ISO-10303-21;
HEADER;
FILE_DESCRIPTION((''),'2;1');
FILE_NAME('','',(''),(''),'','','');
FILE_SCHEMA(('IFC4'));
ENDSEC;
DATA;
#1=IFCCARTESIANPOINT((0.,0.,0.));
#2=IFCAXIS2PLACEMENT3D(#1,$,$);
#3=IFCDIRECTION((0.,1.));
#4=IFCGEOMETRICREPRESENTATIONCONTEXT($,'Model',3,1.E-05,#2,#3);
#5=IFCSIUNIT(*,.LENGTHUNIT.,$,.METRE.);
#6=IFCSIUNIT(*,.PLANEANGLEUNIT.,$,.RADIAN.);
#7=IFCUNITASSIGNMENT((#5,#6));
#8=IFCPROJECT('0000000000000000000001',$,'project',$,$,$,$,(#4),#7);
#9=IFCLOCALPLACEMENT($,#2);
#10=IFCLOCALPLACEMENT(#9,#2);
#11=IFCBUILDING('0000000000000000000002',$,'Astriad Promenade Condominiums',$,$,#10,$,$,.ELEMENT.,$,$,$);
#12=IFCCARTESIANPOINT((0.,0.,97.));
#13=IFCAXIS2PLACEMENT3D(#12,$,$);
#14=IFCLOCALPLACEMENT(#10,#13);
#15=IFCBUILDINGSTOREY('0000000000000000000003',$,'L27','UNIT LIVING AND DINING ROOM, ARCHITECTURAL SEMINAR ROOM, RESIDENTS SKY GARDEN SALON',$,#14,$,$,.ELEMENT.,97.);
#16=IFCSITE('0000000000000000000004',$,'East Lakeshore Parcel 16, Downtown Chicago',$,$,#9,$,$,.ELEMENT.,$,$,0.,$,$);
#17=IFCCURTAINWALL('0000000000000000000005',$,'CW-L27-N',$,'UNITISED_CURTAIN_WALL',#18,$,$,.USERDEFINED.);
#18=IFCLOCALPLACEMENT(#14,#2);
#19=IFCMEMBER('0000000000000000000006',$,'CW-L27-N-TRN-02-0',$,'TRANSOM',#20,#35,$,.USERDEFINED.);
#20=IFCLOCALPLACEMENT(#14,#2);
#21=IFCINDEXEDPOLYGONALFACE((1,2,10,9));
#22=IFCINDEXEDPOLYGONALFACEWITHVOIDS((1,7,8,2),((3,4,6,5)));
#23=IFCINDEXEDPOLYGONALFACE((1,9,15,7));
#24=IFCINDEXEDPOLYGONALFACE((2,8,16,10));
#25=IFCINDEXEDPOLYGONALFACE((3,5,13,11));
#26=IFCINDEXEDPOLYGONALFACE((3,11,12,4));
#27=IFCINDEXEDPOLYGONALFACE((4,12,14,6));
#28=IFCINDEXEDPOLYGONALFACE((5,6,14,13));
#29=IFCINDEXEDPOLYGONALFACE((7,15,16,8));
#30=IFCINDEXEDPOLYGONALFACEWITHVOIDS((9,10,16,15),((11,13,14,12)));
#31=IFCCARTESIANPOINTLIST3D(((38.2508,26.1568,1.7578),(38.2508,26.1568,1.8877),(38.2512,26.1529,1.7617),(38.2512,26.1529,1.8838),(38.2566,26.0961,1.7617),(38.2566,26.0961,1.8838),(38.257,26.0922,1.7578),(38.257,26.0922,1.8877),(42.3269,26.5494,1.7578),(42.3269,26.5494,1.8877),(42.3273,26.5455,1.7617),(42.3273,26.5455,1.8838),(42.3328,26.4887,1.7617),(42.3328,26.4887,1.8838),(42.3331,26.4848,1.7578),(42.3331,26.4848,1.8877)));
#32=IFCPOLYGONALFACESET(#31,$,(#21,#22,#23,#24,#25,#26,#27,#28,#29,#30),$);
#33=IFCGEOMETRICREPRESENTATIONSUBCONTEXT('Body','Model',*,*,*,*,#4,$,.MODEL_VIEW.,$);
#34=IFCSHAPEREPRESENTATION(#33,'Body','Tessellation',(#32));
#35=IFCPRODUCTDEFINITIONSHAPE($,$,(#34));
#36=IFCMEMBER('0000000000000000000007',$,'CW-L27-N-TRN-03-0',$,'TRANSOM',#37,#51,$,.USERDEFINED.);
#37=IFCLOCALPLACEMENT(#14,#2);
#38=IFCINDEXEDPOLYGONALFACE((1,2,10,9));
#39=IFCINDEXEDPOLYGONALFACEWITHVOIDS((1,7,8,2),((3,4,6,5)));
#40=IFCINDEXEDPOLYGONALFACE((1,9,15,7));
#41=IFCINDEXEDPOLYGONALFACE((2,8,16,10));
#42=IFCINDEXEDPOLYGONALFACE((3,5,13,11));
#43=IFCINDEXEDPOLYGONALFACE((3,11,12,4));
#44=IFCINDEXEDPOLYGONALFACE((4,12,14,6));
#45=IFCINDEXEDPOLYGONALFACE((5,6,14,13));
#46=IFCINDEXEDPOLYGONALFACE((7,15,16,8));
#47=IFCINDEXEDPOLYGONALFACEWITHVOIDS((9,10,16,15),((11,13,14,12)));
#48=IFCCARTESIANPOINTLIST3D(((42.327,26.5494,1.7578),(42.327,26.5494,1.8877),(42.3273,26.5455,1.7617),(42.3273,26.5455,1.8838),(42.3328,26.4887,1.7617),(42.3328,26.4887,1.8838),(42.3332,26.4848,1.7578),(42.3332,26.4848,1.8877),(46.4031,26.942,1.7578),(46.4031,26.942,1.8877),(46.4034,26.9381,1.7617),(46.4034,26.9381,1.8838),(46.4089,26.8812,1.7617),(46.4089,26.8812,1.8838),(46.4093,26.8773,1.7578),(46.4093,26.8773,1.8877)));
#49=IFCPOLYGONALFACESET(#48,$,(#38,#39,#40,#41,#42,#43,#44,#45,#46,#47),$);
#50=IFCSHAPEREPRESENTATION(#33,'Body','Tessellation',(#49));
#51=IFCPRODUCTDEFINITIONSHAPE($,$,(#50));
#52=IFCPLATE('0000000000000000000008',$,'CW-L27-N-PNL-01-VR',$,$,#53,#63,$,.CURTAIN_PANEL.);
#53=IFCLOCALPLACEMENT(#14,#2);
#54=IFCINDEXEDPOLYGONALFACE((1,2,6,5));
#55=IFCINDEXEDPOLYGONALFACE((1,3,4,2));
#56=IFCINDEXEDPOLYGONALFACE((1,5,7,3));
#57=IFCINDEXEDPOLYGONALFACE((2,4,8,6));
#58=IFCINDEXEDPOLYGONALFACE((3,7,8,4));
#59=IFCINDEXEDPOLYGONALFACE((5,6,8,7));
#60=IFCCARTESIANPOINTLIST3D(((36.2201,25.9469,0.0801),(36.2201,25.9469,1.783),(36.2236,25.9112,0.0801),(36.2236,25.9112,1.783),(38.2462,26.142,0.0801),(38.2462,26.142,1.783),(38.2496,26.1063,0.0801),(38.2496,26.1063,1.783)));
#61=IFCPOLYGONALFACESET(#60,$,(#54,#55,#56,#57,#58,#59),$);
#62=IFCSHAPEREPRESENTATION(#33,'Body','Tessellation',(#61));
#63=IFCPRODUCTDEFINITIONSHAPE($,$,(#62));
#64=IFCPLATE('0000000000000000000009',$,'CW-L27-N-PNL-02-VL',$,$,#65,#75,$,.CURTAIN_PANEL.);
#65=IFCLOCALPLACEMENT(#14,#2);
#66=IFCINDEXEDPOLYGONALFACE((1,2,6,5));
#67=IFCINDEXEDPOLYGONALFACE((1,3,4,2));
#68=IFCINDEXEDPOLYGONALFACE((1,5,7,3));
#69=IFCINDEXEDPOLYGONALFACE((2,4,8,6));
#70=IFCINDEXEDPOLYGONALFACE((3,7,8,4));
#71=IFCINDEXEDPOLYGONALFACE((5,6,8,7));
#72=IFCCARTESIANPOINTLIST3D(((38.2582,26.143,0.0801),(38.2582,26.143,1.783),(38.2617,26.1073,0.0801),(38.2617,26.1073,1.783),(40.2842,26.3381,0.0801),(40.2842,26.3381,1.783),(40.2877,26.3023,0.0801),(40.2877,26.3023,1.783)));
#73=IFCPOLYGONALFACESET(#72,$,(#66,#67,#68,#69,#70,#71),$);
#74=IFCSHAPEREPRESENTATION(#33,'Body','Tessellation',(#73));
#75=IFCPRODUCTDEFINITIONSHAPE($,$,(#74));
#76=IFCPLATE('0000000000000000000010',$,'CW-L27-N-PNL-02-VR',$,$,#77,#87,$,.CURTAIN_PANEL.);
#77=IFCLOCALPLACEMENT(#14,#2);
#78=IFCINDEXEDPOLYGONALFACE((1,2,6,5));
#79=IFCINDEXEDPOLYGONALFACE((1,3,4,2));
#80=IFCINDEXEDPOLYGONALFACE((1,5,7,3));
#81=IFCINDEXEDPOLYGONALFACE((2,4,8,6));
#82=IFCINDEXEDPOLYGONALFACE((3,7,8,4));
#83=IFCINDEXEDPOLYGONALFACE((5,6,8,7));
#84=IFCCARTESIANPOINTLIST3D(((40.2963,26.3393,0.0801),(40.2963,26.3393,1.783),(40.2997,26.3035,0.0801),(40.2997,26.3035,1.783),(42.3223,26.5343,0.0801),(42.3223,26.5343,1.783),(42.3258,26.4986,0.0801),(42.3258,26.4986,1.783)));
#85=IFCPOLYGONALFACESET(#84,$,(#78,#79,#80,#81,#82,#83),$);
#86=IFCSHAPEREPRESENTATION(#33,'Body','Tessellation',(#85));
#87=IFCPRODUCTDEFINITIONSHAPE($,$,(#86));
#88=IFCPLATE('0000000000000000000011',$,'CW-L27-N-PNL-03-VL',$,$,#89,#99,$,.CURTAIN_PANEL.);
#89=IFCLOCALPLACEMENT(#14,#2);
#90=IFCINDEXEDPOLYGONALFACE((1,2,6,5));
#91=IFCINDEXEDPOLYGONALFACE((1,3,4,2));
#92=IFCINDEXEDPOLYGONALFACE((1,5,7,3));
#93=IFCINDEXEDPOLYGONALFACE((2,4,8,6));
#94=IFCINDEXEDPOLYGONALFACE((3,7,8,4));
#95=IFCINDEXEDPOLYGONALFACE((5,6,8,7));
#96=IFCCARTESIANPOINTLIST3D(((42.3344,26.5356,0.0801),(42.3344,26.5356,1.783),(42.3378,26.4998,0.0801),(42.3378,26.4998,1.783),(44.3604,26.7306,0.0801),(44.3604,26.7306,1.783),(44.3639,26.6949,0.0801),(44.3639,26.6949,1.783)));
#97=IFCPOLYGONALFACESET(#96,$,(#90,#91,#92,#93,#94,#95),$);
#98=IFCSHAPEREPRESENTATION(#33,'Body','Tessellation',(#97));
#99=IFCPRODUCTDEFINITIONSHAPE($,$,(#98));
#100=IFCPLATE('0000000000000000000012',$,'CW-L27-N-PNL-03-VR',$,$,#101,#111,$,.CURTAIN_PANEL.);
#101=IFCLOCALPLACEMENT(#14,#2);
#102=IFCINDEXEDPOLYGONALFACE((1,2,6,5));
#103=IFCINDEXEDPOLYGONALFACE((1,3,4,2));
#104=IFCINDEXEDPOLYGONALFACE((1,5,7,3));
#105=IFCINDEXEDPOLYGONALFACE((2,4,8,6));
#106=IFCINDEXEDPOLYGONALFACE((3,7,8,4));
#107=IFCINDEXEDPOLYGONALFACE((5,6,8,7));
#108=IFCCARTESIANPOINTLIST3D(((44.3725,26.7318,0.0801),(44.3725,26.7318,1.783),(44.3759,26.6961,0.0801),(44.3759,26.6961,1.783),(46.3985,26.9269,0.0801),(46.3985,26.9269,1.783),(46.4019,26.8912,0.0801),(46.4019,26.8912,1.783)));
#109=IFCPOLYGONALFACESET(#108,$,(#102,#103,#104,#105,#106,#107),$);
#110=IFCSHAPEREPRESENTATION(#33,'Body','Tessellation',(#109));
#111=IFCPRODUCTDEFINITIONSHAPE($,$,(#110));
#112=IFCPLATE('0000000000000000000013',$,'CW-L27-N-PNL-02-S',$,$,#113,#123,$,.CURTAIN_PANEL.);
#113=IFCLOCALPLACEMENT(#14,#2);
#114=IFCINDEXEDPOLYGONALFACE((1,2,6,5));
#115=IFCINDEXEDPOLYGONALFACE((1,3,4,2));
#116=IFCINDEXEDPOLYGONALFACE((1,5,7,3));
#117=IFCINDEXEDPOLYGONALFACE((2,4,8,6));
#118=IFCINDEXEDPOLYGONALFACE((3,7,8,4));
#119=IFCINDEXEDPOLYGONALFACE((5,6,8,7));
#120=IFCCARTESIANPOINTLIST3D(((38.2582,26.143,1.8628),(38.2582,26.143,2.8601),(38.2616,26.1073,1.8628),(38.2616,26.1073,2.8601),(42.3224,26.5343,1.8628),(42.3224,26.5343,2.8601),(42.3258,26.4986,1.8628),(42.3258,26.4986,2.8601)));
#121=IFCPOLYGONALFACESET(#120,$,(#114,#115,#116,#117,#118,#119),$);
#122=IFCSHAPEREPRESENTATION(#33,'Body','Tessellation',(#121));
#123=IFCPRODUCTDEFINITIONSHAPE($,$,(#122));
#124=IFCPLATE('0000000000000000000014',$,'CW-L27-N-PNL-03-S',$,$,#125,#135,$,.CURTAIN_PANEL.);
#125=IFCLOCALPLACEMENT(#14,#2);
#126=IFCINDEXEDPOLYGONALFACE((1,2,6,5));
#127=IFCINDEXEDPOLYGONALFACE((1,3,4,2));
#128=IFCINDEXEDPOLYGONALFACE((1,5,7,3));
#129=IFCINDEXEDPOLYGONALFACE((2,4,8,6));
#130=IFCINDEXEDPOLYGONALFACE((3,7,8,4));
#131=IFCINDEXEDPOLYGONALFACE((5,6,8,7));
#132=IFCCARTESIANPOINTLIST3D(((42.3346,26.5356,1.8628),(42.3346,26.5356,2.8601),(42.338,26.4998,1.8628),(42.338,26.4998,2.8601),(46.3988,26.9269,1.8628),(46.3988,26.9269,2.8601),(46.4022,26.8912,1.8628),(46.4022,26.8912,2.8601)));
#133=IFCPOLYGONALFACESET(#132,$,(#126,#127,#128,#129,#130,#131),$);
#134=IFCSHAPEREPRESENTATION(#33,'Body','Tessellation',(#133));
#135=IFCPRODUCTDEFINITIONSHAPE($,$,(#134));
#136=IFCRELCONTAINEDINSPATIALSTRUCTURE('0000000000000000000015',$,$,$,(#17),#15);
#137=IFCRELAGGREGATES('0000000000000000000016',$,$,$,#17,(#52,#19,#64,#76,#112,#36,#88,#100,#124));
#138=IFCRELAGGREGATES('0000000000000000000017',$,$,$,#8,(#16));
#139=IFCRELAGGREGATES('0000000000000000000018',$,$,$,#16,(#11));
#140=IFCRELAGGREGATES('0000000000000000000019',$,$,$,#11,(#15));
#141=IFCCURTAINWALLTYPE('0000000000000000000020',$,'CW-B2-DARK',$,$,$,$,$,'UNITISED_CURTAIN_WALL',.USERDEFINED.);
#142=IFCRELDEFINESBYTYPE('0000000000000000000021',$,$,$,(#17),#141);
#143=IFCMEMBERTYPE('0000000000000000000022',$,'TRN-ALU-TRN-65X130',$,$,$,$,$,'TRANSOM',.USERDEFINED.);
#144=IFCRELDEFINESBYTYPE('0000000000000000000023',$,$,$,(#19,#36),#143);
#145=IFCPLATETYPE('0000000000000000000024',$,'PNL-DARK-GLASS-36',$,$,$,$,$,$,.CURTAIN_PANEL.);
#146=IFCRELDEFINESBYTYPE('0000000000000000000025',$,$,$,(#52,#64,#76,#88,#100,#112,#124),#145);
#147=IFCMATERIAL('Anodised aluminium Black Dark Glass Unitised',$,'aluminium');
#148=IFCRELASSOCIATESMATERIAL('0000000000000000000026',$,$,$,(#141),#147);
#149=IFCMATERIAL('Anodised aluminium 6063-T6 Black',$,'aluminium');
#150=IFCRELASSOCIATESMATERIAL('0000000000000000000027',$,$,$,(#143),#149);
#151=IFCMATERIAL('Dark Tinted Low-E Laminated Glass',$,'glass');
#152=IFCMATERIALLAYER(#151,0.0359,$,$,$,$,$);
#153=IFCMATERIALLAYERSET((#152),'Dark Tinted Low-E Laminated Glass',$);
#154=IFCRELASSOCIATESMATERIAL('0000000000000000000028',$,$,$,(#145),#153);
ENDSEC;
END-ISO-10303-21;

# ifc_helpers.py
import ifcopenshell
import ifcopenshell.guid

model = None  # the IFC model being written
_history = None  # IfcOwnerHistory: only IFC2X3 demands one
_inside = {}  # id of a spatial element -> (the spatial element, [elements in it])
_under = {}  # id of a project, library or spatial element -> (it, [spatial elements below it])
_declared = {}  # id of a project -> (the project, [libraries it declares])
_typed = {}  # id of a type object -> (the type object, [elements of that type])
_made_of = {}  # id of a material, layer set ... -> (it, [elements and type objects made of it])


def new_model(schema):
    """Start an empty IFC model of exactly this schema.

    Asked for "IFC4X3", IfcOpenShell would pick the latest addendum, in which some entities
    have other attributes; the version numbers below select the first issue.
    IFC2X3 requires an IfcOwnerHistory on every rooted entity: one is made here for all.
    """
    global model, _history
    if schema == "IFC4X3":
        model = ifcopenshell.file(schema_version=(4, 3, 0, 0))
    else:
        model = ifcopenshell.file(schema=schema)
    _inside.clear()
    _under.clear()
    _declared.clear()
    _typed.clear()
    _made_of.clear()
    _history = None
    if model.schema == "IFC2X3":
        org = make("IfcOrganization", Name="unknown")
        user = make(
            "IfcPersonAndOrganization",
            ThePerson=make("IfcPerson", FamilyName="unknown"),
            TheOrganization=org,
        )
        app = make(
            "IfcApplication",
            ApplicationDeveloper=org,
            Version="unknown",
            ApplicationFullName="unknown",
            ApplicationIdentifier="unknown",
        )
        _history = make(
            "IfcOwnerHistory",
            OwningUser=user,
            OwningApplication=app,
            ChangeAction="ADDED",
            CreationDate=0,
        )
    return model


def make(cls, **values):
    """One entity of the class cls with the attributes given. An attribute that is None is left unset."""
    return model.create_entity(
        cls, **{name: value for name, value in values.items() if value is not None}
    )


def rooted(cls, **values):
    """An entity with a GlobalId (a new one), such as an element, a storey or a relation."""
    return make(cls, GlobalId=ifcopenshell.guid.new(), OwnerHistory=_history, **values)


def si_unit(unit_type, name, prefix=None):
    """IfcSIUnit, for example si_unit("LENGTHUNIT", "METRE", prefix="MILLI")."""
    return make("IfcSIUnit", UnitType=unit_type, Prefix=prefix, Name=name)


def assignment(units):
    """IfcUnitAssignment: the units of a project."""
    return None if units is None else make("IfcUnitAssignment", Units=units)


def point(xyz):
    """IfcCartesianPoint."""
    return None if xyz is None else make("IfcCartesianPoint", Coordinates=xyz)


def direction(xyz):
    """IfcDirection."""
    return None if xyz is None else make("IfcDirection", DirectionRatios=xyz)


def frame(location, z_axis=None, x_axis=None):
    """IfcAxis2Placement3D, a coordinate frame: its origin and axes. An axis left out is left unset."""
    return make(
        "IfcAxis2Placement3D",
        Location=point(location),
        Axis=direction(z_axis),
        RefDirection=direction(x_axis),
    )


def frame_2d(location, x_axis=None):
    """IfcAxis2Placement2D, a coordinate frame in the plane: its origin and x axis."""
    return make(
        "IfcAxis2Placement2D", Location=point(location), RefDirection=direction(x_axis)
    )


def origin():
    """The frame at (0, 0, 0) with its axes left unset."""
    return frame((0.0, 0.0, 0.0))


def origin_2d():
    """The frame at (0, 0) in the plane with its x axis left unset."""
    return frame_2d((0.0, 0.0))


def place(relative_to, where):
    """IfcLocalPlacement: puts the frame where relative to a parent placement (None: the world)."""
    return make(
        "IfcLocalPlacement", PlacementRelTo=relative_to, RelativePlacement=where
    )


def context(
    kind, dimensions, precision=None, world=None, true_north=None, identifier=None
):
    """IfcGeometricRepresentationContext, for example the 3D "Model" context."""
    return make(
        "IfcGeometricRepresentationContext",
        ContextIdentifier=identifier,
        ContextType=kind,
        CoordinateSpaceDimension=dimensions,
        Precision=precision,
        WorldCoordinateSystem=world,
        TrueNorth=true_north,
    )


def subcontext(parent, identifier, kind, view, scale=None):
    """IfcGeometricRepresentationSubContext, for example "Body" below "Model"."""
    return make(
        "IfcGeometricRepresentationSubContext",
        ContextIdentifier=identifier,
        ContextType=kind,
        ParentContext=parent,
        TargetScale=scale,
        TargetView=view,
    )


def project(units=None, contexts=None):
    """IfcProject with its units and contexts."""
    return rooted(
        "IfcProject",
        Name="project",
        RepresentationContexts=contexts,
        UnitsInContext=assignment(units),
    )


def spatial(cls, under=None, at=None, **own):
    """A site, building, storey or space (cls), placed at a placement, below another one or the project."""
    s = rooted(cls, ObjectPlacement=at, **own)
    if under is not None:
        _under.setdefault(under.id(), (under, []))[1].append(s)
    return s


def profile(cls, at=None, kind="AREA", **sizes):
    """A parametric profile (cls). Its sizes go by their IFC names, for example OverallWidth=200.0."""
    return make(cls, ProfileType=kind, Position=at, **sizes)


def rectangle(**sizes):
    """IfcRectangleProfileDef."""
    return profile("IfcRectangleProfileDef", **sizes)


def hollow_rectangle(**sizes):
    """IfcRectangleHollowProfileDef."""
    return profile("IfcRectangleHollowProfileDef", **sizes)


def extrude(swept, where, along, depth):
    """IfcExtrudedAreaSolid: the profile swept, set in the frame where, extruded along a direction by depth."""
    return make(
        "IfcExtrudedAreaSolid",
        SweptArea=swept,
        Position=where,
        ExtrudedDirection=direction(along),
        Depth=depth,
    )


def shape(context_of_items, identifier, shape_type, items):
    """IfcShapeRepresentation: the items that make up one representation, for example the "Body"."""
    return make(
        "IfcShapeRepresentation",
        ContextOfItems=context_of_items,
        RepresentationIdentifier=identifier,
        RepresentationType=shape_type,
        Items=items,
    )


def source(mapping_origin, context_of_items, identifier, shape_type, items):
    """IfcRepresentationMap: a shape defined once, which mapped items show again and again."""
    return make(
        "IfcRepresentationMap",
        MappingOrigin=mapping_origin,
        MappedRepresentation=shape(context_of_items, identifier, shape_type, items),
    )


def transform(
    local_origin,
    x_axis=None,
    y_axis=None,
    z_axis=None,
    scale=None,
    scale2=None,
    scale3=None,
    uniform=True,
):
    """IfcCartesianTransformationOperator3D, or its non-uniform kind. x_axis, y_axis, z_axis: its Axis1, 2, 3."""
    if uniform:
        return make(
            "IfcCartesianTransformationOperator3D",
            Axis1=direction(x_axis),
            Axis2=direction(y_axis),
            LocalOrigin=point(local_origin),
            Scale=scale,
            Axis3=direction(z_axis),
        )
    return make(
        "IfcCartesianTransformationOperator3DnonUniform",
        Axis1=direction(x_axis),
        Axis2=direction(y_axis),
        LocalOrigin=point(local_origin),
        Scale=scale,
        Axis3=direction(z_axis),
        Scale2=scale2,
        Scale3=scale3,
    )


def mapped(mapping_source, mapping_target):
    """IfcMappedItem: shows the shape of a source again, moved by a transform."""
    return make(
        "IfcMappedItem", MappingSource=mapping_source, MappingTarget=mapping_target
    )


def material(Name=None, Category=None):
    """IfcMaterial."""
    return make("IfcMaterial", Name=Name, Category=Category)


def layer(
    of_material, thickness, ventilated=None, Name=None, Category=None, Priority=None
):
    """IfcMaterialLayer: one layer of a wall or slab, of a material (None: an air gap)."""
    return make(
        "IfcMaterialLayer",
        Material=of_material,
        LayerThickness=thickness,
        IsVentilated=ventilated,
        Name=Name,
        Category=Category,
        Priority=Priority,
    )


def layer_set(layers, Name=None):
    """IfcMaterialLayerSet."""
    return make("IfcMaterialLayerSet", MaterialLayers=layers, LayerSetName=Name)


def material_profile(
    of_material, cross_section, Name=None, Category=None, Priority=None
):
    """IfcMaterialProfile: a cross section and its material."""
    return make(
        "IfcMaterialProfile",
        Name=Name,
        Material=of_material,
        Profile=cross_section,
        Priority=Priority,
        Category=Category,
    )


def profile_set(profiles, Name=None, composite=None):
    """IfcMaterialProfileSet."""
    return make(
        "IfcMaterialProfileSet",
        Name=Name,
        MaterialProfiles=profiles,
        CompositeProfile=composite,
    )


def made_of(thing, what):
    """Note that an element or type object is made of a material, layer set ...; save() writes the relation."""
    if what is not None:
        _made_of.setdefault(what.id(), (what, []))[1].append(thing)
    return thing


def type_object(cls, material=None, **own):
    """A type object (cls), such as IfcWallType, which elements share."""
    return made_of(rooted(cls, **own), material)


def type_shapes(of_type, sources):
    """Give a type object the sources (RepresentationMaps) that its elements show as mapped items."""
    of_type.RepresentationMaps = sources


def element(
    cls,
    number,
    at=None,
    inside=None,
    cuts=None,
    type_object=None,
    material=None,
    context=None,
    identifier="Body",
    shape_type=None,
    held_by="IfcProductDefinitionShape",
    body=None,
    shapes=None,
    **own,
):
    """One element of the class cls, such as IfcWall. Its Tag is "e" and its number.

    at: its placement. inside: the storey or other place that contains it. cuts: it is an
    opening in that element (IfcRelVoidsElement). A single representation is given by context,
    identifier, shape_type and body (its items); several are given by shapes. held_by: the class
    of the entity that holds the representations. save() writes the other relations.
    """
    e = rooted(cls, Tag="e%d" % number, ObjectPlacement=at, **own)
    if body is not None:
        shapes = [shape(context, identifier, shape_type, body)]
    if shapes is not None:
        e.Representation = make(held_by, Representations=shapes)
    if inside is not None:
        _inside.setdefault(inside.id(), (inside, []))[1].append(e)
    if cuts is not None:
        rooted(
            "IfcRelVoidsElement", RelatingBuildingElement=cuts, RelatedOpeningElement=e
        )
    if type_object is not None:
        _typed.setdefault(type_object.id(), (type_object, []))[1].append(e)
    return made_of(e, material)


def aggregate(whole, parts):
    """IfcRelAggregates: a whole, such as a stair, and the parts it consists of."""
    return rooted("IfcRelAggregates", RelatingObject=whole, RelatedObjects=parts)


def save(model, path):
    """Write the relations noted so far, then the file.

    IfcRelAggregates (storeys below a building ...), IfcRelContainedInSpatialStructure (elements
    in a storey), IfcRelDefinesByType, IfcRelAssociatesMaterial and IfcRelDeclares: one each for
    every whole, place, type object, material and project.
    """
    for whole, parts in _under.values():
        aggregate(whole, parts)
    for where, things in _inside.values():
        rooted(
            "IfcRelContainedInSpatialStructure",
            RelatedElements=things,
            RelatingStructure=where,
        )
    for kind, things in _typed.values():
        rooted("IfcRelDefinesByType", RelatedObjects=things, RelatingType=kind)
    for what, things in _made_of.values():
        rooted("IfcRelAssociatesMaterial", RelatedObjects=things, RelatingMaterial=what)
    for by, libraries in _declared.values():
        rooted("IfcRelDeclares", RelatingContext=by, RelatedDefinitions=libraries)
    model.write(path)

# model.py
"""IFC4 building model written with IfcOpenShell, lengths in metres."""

from ifc_helpers import new_model, si_unit, direction, frame, origin, origin_2d, place, context, subcontext, project, spatial, rectangle, hollow_rectangle, extrude, source, transform, mapped, material, layer, layer_set, material_profile, profile_set, type_object, type_shapes, element, aggregate, save


model = new_model("IFC4")

# Units and contexts
model_context = context("Model", 3, precision=1e-05, world=origin(), true_north=direction((0.0, 1.0)))
body_context = subcontext(model_context, "Body", "Model", "MODEL_VIEW")
ifc_project = project(units=[si_unit("LENGTHUNIT", "METRE"), si_unit("PLANEANGLEUNIT", "RADIAN")], contexts=[model_context])

# Site, building, storey
site_placement = place(None, origin())
site = spatial("IfcSite", under=ifc_project, at=site_placement, Name="East Lakeshore Parcel 16, Downtown Chicago", CompositionType="ELEMENT", RefElevation=0.0)
building_placement = place(site_placement, origin())
building = spatial("IfcBuilding", under=site, at=building_placement, Name="Astriad Promenade Condominiums", CompositionType="ELEMENT")
storey_placement = place(building_placement, frame((0.0, 0.0, 97.0)))
storey = spatial("IfcBuildingStorey", under=building, at=storey_placement, Name="L27", Description="UNIT LIVING AND DINING ROOM, ARCHITECTURAL SEMINAR ROOM, RESIDENTS SKY GARDEN SALON", CompositionType="ELEMENT", Elevation=97.0)

# Curtain wall, members, plates
ifc_material_1 = material(Name="Anodised aluminium Black Dark Glass Unitised", Category="aluminium")
curtain_wall_type = type_object("IfcCurtainWallType", Name="CW-B2-DARK", ElementType="UNITISED_CURTAIN_WALL", PredefinedType="USERDEFINED", material=ifc_material_1)
curtain_wall_placement = place(storey_placement, origin())
curtain_wall = element("IfcCurtainWall", 1, at=curtain_wall_placement, inside=storey, type_object=curtain_wall_type, Name="CW-L27-N", ObjectType="UNITISED_CURTAIN_WALL", PredefinedType="USERDEFINED")
ifc_material_2 = material(Name="Anodised aluminium 6063-T6 Black", Category="aluminium")
ifc_material_profile_1 = material_profile(ifc_material_2, hollow_rectangle(XDim=0.0649, YDim=0.1299, WallThickness=0.0039, at=origin_2d()), Name="ALU-TRN-65X130")
ifc_profile_set_1 = profile_set([ifc_material_profile_1], Name="Anodised aluminium 6063-T6 Black")
member_type_1 = type_object("IfcMemberType", Name="TRN-ALU-TRN-65X130", ElementType="TRANSOM", PredefinedType="USERDEFINED", material=ifc_profile_set_1)
shared_shape_1 = source(origin(), body_context, "Body", "SweptSolid", [
    extrude(hollow_rectangle(XDim=0.0649, YDim=0.1299, WallThickness=0.0039, at=origin_2d()), origin(), (0.0, 0.0, 1.0), 4.095),
])
type_shapes(member_type_1, [shared_shape_1])
member_1_placement = place(storey_placement, frame((38.2539, 26.1245, 1.8228), z_axis=(0.995394, 0.095867, 0.0), x_axis=(-0.095867, 0.995394, 0.0)))
member_1 = element("IfcMember", 2, at=member_1_placement, type_object=member_type_1, Name="CW-L27-N-TRN-02-0", ObjectType="TRANSOM", PredefinedType="USERDEFINED", context=body_context, shape_type="MappedRepresentation", body=[
    mapped(shared_shape_1, transform((0.0, 0.0, 0.0), scale=1.0)),
])
member_2_placement = place(storey_placement, frame((42.3301, 26.5171, 1.8228), z_axis=(0.995394, 0.095867, 0.0), x_axis=(-0.095867, 0.995394, 0.0)))
member_2 = element("IfcMember", 3, at=member_2_placement, type_object=member_type_1, Name="CW-L27-N-TRN-03-0", ObjectType="TRANSOM", PredefinedType="USERDEFINED", context=body_context, shape_type="MappedRepresentation", body=[
    mapped(shared_shape_1, transform((0.0, 0.0, 0.0), scale=1.0)),
])
ifc_material_3 = material(Name="Dark Tinted Low-E Laminated Glass", Category="glass")
ifc_layer_1 = layer(ifc_material_3, 0.0359)
ifc_layer_set_1 = layer_set([ifc_layer_1], Name="Dark Tinted Low-E Laminated Glass")
plate_type = type_object("IfcPlateType", Name="PNL-DARK-GLASS-36", PredefinedType="CURTAIN_PANEL", material=ifc_layer_set_1)
shared_shape_2 = source(origin(), body_context, "Body", "SweptSolid", [
    extrude(rectangle(XDim=2.0354, YDim=0.0359, at=origin_2d()), origin(), (0.0, 0.0, 1.0), 1.7029),
])
plate_1_placement = place(storey_placement, frame((37.2349, 26.0266, 0.0801), z_axis=(0.0, 0.0, 1.0), x_axis=(0.995396, 0.095846, 0.0)))
plate_1 = element("IfcPlate", 4, at=plate_1_placement, type_object=plate_type, Name="CW-L27-N-PNL-01-VR", PredefinedType="CURTAIN_PANEL", context=body_context, shape_type="MappedRepresentation", body=[
    mapped(shared_shape_2, transform((0.0, 0.0, 0.0), scale=1.0)),
])
plate_2_placement = place(storey_placement, frame((39.2729, 26.2227, 0.0801), z_axis=(0.0, 0.0, 1.0), x_axis=(0.995396, 0.095846, 0.0)))
plate_2 = element("IfcPlate", 5, at=plate_2_placement, type_object=plate_type, Name="CW-L27-N-PNL-02-VL", PredefinedType="CURTAIN_PANEL", context=body_context, shape_type="MappedRepresentation", body=[
    mapped(shared_shape_2, transform((0.0, 0.0, 0.0), scale=1.0)),
])
plate_3_placement = place(storey_placement, frame((41.311, 26.4189, 0.0801), z_axis=(0.0, 0.0, 1.0), x_axis=(0.995396, 0.095846, 0.0)))
plate_3 = element("IfcPlate", 6, at=plate_3_placement, type_object=plate_type, Name="CW-L27-N-PNL-02-VR", PredefinedType="CURTAIN_PANEL", context=body_context, shape_type="MappedRepresentation", body=[
    mapped(shared_shape_2, transform((0.0, 0.0, 0.0), scale=1.0)),
])
plate_4_placement = place(storey_placement, frame((43.3491, 26.6152, 0.0801), z_axis=(0.0, 0.0, 1.0), x_axis=(0.995396, 0.095846, 0.0)))
plate_4 = element("IfcPlate", 7, at=plate_4_placement, type_object=plate_type, Name="CW-L27-N-PNL-03-VL", PredefinedType="CURTAIN_PANEL", context=body_context, shape_type="MappedRepresentation", body=[
    mapped(shared_shape_2, transform((0.0, 0.0, 0.0), scale=1.0)),
])
plate_5_placement = place(storey_placement, frame((45.3872, 26.8115, 0.0801), z_axis=(0.0, 0.0, 1.0), x_axis=(0.995396, 0.095846, 0.0)))
plate_5 = element("IfcPlate", 8, at=plate_5_placement, type_object=plate_type, Name="CW-L27-N-PNL-03-VR", PredefinedType="CURTAIN_PANEL", context=body_context, shape_type="MappedRepresentation", body=[
    mapped(shared_shape_2, transform((0.0, 0.0, 0.0), scale=1.0)),
])
shared_shape_3 = source(origin(), body_context, "Body", "SweptSolid", [
    extrude(rectangle(XDim=4.083, YDim=0.0359, at=origin_2d()), origin(), (0.0, 0.0, 1.0), 0.9973),
])
type_shapes(plate_type, [shared_shape_2, shared_shape_3])
plate_6_placement = place(storey_placement, frame((40.292, 26.3208, 1.8628), z_axis=(0.0, 0.0, 1.0), x_axis=(0.995396, 0.095846, 0.0)))
plate_6 = element("IfcPlate", 9, at=plate_6_placement, type_object=plate_type, Name="CW-L27-N-PNL-02-S", PredefinedType="CURTAIN_PANEL", context=body_context, shape_type="MappedRepresentation", body=[
    mapped(shared_shape_3, transform((0.0, 0.0, 0.0), scale=1.0)),
])
plate_7_placement = place(storey_placement, frame((44.3684, 26.7134, 1.8628), z_axis=(0.0, 0.0, 1.0), x_axis=(0.995396, 0.095846, 0.0)))
plate_7 = element("IfcPlate", 10, at=plate_7_placement, type_object=plate_type, Name="CW-L27-N-PNL-03-S", PredefinedType="CURTAIN_PANEL", context=body_context, shape_type="MappedRepresentation", body=[
    mapped(shared_shape_3, transform((0.0, 0.0, 0.0), scale=1.0)),
])
aggregate(curtain_wall, [plate_1, member_1, plate_2, plate_3, plate_6, member_2, plate_4, plate_5, plate_7])

save(model, "model.ifc")
